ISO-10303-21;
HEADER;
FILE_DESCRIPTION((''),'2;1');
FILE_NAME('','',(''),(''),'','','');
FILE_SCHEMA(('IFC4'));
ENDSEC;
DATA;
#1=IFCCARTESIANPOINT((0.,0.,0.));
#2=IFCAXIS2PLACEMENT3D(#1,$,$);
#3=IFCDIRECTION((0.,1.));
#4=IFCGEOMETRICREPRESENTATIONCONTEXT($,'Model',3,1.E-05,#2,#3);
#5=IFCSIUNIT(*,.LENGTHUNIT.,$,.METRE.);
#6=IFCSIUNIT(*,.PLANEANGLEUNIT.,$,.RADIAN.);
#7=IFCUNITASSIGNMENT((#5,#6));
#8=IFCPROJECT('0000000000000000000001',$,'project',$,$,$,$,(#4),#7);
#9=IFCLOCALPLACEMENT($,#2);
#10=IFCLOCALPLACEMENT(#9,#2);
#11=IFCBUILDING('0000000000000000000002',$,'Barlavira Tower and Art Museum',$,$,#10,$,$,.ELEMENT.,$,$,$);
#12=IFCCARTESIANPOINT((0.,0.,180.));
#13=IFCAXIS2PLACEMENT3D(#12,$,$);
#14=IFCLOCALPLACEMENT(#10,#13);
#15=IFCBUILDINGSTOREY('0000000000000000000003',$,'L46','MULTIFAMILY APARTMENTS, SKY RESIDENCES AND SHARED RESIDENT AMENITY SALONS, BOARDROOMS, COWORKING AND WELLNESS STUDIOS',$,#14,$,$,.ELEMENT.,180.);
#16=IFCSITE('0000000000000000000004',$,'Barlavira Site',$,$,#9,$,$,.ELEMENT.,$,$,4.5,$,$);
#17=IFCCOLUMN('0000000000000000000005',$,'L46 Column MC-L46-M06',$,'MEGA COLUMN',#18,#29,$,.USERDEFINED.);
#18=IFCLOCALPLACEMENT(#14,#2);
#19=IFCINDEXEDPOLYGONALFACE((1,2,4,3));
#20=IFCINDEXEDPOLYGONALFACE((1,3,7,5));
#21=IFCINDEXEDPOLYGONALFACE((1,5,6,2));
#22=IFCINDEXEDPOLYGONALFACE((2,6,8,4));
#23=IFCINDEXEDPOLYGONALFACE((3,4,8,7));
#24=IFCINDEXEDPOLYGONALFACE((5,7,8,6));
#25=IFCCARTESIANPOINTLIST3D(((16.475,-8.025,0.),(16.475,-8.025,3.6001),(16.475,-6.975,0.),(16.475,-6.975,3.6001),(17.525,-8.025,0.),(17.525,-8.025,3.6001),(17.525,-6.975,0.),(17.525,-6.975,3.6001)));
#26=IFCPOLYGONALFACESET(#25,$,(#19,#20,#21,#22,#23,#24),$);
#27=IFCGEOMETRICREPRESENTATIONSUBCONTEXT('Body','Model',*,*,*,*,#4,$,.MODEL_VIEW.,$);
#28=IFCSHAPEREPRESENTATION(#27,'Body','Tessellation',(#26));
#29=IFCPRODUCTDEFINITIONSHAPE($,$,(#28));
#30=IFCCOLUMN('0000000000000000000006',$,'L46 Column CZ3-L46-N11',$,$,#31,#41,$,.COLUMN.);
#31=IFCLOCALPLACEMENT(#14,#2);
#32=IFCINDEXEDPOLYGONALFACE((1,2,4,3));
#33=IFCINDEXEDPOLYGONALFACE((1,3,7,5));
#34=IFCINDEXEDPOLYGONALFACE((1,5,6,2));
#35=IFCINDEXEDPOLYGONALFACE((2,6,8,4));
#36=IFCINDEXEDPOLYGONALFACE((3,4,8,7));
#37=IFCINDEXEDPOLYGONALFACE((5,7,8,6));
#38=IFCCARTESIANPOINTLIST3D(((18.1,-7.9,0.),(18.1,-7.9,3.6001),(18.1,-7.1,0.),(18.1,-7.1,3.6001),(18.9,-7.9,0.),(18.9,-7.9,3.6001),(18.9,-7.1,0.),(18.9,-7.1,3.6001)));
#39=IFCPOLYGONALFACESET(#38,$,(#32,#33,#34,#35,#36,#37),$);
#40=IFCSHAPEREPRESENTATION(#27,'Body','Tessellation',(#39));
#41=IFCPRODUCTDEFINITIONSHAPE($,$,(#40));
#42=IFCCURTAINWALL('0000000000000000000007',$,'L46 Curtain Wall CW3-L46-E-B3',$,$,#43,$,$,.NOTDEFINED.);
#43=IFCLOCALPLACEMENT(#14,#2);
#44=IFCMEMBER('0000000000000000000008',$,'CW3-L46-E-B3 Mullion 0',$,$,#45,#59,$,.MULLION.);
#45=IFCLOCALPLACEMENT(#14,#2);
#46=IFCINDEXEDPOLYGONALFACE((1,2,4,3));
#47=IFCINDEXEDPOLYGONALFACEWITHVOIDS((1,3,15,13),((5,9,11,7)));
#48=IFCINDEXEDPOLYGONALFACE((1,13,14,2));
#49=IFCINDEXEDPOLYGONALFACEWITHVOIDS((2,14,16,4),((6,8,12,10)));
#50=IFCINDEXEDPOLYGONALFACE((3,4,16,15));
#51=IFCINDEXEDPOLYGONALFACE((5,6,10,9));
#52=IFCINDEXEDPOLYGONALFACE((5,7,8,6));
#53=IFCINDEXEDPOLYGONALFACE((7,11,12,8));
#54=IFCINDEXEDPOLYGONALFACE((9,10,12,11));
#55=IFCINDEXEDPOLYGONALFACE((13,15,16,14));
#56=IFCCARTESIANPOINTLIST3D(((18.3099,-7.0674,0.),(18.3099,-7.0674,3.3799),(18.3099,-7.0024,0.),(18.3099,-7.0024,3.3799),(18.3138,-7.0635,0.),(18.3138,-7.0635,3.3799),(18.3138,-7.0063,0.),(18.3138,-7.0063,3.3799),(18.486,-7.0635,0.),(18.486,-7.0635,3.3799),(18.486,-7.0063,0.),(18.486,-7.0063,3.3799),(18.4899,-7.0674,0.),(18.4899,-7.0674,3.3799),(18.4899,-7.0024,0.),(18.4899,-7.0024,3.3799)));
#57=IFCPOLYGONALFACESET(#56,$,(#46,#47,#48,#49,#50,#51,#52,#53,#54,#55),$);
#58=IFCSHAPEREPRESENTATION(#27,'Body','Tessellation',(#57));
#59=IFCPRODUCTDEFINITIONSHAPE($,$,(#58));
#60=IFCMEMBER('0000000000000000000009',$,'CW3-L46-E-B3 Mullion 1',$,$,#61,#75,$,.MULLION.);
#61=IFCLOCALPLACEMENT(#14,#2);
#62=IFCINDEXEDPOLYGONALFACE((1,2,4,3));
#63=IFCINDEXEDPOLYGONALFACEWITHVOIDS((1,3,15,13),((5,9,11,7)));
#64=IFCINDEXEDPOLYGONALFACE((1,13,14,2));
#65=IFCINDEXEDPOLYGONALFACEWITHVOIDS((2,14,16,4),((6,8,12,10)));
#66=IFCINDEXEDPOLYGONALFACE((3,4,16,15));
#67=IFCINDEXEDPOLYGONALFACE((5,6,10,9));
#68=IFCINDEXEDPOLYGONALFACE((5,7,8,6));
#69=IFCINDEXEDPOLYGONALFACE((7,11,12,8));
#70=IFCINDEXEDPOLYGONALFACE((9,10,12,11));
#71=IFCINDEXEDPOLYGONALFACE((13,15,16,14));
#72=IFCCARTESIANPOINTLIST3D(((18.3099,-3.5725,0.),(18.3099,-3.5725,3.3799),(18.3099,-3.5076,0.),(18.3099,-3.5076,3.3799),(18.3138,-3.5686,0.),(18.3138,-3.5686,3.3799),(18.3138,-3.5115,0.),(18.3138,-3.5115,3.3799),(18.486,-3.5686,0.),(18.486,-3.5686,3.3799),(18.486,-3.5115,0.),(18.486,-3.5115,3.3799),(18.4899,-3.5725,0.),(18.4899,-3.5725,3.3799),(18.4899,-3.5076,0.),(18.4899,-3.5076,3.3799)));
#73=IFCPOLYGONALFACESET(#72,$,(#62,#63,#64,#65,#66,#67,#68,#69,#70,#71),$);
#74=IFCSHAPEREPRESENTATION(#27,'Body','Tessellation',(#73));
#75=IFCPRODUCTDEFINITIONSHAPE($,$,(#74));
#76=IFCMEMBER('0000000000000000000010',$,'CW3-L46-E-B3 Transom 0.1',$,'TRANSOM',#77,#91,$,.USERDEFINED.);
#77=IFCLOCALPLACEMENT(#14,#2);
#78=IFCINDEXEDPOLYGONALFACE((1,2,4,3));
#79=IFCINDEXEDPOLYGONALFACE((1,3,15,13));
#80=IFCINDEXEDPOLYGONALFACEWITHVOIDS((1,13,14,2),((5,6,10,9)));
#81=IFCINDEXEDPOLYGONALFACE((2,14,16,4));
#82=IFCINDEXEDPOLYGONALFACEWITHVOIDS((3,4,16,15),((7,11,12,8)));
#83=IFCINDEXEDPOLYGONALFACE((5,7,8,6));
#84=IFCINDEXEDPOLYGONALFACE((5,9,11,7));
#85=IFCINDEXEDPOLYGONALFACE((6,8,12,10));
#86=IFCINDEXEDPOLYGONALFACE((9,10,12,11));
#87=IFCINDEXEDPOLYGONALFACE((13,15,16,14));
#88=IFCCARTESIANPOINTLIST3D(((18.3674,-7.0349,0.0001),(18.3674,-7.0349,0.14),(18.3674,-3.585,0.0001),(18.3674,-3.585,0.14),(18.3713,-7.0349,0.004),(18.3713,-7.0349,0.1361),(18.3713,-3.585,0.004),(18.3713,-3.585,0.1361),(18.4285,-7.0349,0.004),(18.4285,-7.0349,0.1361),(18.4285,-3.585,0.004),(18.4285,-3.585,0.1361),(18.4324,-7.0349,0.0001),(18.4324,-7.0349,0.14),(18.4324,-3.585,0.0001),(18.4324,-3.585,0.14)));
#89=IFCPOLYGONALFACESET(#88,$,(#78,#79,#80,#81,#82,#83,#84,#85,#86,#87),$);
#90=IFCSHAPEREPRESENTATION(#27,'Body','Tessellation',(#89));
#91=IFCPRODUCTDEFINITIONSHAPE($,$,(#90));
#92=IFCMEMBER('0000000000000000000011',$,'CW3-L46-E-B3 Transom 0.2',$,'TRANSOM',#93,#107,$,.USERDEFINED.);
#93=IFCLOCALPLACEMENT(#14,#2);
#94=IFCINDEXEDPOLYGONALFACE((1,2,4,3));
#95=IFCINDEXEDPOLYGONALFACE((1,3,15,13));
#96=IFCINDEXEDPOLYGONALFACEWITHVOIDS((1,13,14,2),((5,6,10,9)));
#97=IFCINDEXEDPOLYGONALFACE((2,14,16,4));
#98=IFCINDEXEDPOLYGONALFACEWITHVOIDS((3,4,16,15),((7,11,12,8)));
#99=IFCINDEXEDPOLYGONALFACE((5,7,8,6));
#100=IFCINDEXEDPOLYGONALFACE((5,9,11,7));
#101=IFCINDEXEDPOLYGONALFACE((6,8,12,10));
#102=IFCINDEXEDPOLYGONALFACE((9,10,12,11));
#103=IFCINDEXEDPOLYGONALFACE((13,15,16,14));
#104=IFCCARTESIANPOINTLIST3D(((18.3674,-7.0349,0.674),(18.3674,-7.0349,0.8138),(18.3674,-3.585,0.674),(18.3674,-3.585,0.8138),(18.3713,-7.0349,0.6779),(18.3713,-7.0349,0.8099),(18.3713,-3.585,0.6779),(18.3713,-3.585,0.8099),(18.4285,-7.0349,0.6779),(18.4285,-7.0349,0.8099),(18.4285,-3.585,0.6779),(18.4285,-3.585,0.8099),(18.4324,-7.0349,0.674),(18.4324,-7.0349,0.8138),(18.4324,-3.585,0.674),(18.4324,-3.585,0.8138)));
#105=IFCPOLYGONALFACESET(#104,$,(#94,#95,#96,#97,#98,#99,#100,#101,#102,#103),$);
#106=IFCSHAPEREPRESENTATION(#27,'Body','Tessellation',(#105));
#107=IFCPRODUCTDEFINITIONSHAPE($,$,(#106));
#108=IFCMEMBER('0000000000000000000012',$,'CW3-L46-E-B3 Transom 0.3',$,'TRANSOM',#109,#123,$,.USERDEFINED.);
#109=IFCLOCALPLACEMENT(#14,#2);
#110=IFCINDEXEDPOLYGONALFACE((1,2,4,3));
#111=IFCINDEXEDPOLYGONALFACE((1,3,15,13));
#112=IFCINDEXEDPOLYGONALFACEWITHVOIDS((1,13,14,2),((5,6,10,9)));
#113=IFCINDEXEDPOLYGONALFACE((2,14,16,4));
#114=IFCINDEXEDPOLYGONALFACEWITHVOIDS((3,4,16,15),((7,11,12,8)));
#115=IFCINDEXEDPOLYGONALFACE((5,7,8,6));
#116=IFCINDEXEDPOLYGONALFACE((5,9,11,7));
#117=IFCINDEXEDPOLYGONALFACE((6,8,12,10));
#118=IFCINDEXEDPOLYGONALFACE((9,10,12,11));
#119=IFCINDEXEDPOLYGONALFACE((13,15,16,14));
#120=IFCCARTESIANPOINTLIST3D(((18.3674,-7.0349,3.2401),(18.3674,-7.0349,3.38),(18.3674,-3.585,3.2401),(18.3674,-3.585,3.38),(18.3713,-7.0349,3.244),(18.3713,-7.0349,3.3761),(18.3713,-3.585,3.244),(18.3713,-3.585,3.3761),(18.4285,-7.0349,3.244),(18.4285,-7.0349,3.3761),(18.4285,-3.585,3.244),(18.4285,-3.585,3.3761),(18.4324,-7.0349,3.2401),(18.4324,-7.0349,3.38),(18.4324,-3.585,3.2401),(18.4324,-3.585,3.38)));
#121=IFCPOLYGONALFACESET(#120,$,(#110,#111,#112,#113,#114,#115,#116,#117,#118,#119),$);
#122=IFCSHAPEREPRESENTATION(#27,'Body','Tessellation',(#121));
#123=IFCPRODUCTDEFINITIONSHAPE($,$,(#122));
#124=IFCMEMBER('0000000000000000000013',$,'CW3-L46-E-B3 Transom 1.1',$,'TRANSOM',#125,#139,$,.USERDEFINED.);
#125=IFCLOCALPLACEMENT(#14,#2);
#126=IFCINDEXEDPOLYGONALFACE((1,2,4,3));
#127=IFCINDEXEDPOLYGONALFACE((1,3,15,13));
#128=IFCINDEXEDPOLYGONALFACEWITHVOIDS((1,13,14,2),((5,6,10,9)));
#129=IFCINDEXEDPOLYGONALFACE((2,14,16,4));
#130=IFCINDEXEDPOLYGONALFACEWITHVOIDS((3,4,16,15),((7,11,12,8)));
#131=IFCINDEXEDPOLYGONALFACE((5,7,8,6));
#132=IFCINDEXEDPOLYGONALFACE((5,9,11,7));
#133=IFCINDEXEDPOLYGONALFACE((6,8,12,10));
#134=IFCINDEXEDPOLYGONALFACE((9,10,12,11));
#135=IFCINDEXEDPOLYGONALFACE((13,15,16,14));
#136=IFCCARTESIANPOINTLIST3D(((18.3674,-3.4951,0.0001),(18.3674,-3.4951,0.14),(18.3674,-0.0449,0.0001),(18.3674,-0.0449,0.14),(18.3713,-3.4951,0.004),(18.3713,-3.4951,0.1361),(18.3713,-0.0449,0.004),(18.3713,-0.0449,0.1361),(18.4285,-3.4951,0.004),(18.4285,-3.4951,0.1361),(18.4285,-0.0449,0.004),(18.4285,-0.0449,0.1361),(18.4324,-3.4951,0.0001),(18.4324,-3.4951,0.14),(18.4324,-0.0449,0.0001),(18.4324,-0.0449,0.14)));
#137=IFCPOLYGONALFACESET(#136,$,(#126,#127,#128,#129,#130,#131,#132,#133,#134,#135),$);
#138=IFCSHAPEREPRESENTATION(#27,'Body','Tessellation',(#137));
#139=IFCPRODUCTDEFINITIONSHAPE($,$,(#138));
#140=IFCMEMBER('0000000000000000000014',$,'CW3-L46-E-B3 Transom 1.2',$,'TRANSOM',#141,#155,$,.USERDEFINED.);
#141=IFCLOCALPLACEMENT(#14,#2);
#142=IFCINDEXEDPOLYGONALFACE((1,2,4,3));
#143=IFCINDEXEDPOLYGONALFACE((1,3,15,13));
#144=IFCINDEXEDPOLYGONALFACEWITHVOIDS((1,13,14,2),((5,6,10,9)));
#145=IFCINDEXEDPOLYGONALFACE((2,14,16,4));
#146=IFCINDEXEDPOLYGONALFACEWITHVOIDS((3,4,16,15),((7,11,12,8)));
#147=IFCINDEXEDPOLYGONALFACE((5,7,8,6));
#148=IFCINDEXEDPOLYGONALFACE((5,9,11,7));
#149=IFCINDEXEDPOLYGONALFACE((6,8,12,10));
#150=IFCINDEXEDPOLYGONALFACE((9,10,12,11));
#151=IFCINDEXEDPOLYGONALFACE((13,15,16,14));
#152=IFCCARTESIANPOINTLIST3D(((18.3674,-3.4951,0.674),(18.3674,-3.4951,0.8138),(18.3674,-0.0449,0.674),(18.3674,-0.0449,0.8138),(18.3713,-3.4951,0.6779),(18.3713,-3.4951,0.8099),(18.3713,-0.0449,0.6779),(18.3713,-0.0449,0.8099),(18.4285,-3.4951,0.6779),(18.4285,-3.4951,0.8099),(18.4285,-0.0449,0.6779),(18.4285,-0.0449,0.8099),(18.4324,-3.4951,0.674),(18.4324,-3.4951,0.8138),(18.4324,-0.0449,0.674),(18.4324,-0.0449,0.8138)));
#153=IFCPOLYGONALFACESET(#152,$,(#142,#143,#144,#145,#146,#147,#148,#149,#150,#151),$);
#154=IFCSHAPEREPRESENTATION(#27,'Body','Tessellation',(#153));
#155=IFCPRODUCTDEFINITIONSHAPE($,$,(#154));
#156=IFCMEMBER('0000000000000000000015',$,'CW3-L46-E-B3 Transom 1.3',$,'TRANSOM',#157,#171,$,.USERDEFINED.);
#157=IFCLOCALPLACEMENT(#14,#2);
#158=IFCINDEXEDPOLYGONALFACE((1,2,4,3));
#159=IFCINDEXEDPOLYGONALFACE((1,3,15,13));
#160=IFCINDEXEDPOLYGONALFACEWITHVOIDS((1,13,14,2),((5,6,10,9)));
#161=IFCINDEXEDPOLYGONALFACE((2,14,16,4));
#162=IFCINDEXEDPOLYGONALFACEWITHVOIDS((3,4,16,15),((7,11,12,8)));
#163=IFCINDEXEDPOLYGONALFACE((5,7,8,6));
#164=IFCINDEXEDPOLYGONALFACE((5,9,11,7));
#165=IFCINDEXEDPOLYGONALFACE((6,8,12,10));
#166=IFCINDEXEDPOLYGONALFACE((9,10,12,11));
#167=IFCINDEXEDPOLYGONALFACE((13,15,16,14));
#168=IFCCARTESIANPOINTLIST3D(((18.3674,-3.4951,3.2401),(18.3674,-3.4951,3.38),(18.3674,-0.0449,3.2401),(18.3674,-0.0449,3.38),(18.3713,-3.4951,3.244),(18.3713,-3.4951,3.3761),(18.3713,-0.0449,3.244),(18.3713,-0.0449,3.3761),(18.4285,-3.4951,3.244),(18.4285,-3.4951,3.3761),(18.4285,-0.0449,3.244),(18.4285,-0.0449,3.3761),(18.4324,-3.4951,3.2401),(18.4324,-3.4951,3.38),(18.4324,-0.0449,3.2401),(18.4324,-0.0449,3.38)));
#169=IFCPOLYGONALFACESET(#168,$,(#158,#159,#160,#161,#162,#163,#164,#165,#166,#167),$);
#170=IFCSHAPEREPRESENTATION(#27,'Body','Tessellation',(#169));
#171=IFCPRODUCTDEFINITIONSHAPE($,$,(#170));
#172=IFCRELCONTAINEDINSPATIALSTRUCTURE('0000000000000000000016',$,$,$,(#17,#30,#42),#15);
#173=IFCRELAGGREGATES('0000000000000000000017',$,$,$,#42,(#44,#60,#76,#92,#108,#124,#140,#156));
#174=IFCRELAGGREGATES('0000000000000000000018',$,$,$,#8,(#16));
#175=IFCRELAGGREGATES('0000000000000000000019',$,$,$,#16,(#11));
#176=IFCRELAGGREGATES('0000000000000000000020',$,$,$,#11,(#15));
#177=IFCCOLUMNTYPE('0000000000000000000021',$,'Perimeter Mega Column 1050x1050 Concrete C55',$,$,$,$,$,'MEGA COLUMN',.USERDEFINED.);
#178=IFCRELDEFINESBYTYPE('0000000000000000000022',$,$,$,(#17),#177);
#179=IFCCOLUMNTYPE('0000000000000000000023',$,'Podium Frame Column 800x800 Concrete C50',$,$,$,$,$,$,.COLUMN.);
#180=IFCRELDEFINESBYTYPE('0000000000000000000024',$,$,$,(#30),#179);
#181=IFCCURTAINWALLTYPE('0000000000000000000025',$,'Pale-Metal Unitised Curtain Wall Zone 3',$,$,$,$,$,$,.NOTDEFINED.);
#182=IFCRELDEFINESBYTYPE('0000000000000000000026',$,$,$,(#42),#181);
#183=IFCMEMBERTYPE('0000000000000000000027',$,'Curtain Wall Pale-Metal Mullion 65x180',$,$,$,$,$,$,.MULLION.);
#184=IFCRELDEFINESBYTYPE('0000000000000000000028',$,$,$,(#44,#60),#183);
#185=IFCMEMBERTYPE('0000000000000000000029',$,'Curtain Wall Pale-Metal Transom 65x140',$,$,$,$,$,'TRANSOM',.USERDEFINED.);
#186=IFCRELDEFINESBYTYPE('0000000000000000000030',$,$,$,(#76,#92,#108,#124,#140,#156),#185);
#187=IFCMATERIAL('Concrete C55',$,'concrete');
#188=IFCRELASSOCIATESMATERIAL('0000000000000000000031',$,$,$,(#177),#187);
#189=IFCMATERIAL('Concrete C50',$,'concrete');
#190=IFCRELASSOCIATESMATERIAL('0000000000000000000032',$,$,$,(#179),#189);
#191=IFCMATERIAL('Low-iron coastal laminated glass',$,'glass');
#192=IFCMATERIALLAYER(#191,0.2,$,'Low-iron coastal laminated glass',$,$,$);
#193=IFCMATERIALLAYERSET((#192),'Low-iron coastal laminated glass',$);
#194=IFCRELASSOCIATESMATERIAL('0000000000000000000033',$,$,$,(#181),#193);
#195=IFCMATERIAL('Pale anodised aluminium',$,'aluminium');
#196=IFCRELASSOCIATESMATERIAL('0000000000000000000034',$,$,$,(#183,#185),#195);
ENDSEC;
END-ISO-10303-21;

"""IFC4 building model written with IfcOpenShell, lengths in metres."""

from ifc_helpers import new_model, si_unit, direction, frame, origin, origin_2d, place, context, subcontext, project, spatial, rectangle, hollow_rectangle, extrude, material, layer, layer_set, material_profile, profile_set, type_object, element, aggregate, save


model = new_model("IFC4")

# Units and contexts
model_context = context("Model", 3, precision=1e-05, world=origin(), true_north=direction((0.0, 1.0)))
body_context = subcontext(model_context, "Body", "Model", "MODEL_VIEW")
ifc_project = project(units=[si_unit("LENGTHUNIT", "METRE"), si_unit("PLANEANGLEUNIT", "RADIAN")], contexts=[model_context])

# Site, building, storey
site_placement = place(None, origin())
site = spatial("IfcSite", under=ifc_project, at=site_placement, Name="Barlavira Site", CompositionType="ELEMENT", RefElevation=4.5)
building_placement = place(site_placement, origin())
building = spatial("IfcBuilding", under=site, at=building_placement, Name="Barlavira Tower and Art Museum", CompositionType="ELEMENT")
storey_placement = place(building_placement, frame((0.0, 0.0, 180.0)))
storey = spatial("IfcBuildingStorey", under=building, at=storey_placement, Name="L46", Description="MULTIFAMILY APARTMENTS, SKY RESIDENCES AND SHARED RESIDENT AMENITY SALONS, BOARDROOMS, COWORKING AND WELLNESS STUDIOS", CompositionType="ELEMENT", Elevation=180.0)

# Columns
ifc_material_1 = material(Name="Concrete C55", Category="concrete")
ifc_material_profile_1 = material_profile(ifc_material_1, rectangle(XDim=1.05, YDim=1.05, at=origin_2d()), Name="RC-COL 1050x1050")
ifc_profile_set_1 = profile_set([ifc_material_profile_1], Name="Concrete C55")
column_type_1 = type_object("IfcColumnType", Name="Perimeter Mega Column 1050x1050 Concrete C55", ElementType="MEGA COLUMN", PredefinedType="USERDEFINED", material=ifc_profile_set_1)
column_1_placement = place(storey_placement, frame((17.0, -7.5, 0.0), z_axis=(0.0, 0.0, 1.0), x_axis=(1.0, 0.0, 0.0)))
element("IfcColumn", 1, at=column_1_placement, inside=storey, type_object=column_type_1, Name="L46 Column MC-L46-M06", ObjectType="MEGA COLUMN", PredefinedType="USERDEFINED", context=body_context, shape_type="SweptSolid", body=[
    extrude(rectangle(XDim=1.05, YDim=1.05, at=origin_2d()), origin(), (0.0, 0.0, 1.0), 3.6001),
])
ifc_material_2 = material(Name="Concrete C50", Category="concrete")
ifc_material_profile_2 = material_profile(ifc_material_2, rectangle(XDim=0.8, YDim=0.8, at=origin_2d()), Name="RC-COL 800x800")
ifc_profile_set_2 = profile_set([ifc_material_profile_2], Name="Concrete C50")
column_type_2 = type_object("IfcColumnType", Name="Podium Frame Column 800x800 Concrete C50", PredefinedType="COLUMN", material=ifc_profile_set_2)
column_2_placement = place(storey_placement, frame((18.5, -7.5, 0.0), z_axis=(0.0, 0.0, 1.0), x_axis=(1.0, 0.0, 0.0)))
element("IfcColumn", 2, at=column_2_placement, inside=storey, type_object=column_type_2, Name="L46 Column CZ3-L46-N11", PredefinedType="COLUMN", context=body_context, shape_type="SweptSolid", body=[
    extrude(rectangle(XDim=0.8, YDim=0.8, at=origin_2d()), origin(), (0.0, 0.0, 1.0), 3.6001),
])

# Curtain wall, members
ifc_material_3 = material(Name="Low-iron coastal laminated glass", Category="glass")
ifc_layer_1 = layer(ifc_material_3, 0.2, Name="Low-iron coastal laminated glass")
ifc_layer_set_1 = layer_set([ifc_layer_1], Name="Low-iron coastal laminated glass")
curtain_wall_type = type_object("IfcCurtainWallType", Name="Pale-Metal Unitised Curtain Wall Zone 3", PredefinedType="NOTDEFINED", material=ifc_layer_set_1)
curtain_wall_placement = place(storey_placement, origin())
curtain_wall = element("IfcCurtainWall", 3, at=curtain_wall_placement, inside=storey, type_object=curtain_wall_type, Name="L46 Curtain Wall CW3-L46-E-B3", PredefinedType="NOTDEFINED")
ifc_material_4 = material(Name="Pale anodised aluminium", Category="aluminium")
ifc_material_profile_3 = material_profile(ifc_material_4, hollow_rectangle(XDim=0.0649, YDim=0.1799, WallThickness=0.0039, at=origin_2d()), Name="ALU-MULL 65x180x4")
ifc_profile_set_3 = profile_set([ifc_material_profile_3], Name="Pale anodised aluminium")
member_type_1 = type_object("IfcMemberType", Name="Curtain Wall Pale-Metal Mullion 65x180", PredefinedType="MULLION", material=ifc_profile_set_3)
member_1_placement = place(storey_placement, frame((18.3999, -7.0349, 0.0), z_axis=(0.0, 0.0, 1.0), x_axis=(0.0, 1.0, 0.0)))
member_1 = element("IfcMember", 4, at=member_1_placement, type_object=member_type_1, Name="CW3-L46-E-B3 Mullion 0", PredefinedType="MULLION", context=body_context, shape_type="SweptSolid", body=[
    extrude(hollow_rectangle(XDim=0.0649, YDim=0.1799, WallThickness=0.0039, at=origin_2d()), origin(), (0.0, 0.0, 1.0), 3.3799),
])
member_2_placement = place(storey_placement, frame((18.3999, -3.54, 0.0), z_axis=(0.0, 0.0, 1.0), x_axis=(0.0, 1.0, 0.0)))
member_2 = element("IfcMember", 5, at=member_2_placement, type_object=member_type_1, Name="CW3-L46-E-B3 Mullion 1", PredefinedType="MULLION", context=body_context, shape_type="SweptSolid", body=[
    extrude(hollow_rectangle(XDim=0.0649, YDim=0.1799, WallThickness=0.0039, at=origin_2d()), origin(), (0.0, 0.0, 1.0), 3.3799),
])
ifc_material_profile_4 = material_profile(ifc_material_4, hollow_rectangle(XDim=0.0649, YDim=0.1399, WallThickness=0.0039, at=origin_2d()), Name="ALU-TRAN 65x140x4")
ifc_profile_set_4 = profile_set([ifc_material_profile_4], Name="Pale anodised aluminium")
member_type_2 = type_object("IfcMemberType", Name="Curtain Wall Pale-Metal Transom 65x140", ElementType="TRANSOM", PredefinedType="USERDEFINED", material=ifc_profile_set_4)
member_3_placement = place(storey_placement, frame((18.3999, -7.0349, 0.0701), z_axis=(0.0, 1.0, 0.0), x_axis=(-1.0, 0.0, 0.0)))
member_3 = element("IfcMember", 6, at=member_3_placement, type_object=member_type_2, Name="CW3-L46-E-B3 Transom 0.1", ObjectType="TRANSOM", PredefinedType="USERDEFINED", context=body_context, shape_type="SweptSolid", body=[
    extrude(hollow_rectangle(XDim=0.0649, YDim=0.1399, WallThickness=0.0039, at=origin_2d()), origin(), (0.0, 0.0, 1.0), 3.45),
])
member_4_placement = place(storey_placement, frame((18.3999, -7.0349, 0.7439), z_axis=(0.0, 1.0, 0.0), x_axis=(-1.0, 0.0, 0.0)))
member_4 = element("IfcMember", 7, at=member_4_placement, type_object=member_type_2, Name="CW3-L46-E-B3 Transom 0.2", ObjectType="TRANSOM", PredefinedType="USERDEFINED", context=body_context, shape_type="SweptSolid", body=[
    extrude(hollow_rectangle(XDim=0.0649, YDim=0.1399, WallThickness=0.0039, at=origin_2d()), origin(), (0.0, 0.0, 1.0), 3.45),
])
member_5_placement = place(storey_placement, frame((18.3999, -7.0349, 3.3101), z_axis=(0.0, 1.0, 0.0), x_axis=(-1.0, 0.0, 0.0)))
member_5 = element("IfcMember", 8, at=member_5_placement, type_object=member_type_2, Name="CW3-L46-E-B3 Transom 0.3", ObjectType="TRANSOM", PredefinedType="USERDEFINED", context=body_context, shape_type="SweptSolid", body=[
    extrude(hollow_rectangle(XDim=0.0649, YDim=0.1399, WallThickness=0.0039, at=origin_2d()), origin(), (0.0, 0.0, 1.0), 3.45),
])
member_6_placement = place(storey_placement, frame((18.3999, -3.4951, 0.0701), z_axis=(0.0, 1.0, 0.0), x_axis=(-1.0, 0.0, 0.0)))
member_6 = element("IfcMember", 9, at=member_6_placement, type_object=member_type_2, Name="CW3-L46-E-B3 Transom 1.1", ObjectType="TRANSOM", PredefinedType="USERDEFINED", context=body_context, shape_type="SweptSolid", body=[
    extrude(hollow_rectangle(XDim=0.0649, YDim=0.1399, WallThickness=0.0039, at=origin_2d()), origin(), (0.0, 0.0, 1.0), 3.4502),
])
member_7_placement = place(storey_placement, frame((18.3999, -3.4951, 0.7439), z_axis=(0.0, 1.0, 0.0), x_axis=(-1.0, 0.0, 0.0)))
member_7 = element("IfcMember", 10, at=member_7_placement, type_object=member_type_2, Name="CW3-L46-E-B3 Transom 1.2", ObjectType="TRANSOM", PredefinedType="USERDEFINED", context=body_context, shape_type="SweptSolid", body=[
    extrude(hollow_rectangle(XDim=0.0649, YDim=0.1399, WallThickness=0.0039, at=origin_2d()), origin(), (0.0, 0.0, 1.0), 3.4502),
])
member_8_placement = place(storey_placement, frame((18.3999, -3.4951, 3.3101), z_axis=(0.0, 1.0, 0.0), x_axis=(-1.0, 0.0, 0.0)))
member_8 = element("IfcMember", 11, at=member_8_placement, type_object=member_type_2, Name="CW3-L46-E-B3 Transom 1.3", ObjectType="TRANSOM", PredefinedType="USERDEFINED", context=body_context, shape_type="SweptSolid", body=[
    extrude(hollow_rectangle(XDim=0.0649, YDim=0.1399, WallThickness=0.0039, at=origin_2d()), origin(), (0.0, 0.0, 1.0), 3.4502),
])

aggregate(curtain_wall, [member_1, member_2, member_3, member_4, member_5, member_6, member_7, member_8])

save(model, "model.ifc")
